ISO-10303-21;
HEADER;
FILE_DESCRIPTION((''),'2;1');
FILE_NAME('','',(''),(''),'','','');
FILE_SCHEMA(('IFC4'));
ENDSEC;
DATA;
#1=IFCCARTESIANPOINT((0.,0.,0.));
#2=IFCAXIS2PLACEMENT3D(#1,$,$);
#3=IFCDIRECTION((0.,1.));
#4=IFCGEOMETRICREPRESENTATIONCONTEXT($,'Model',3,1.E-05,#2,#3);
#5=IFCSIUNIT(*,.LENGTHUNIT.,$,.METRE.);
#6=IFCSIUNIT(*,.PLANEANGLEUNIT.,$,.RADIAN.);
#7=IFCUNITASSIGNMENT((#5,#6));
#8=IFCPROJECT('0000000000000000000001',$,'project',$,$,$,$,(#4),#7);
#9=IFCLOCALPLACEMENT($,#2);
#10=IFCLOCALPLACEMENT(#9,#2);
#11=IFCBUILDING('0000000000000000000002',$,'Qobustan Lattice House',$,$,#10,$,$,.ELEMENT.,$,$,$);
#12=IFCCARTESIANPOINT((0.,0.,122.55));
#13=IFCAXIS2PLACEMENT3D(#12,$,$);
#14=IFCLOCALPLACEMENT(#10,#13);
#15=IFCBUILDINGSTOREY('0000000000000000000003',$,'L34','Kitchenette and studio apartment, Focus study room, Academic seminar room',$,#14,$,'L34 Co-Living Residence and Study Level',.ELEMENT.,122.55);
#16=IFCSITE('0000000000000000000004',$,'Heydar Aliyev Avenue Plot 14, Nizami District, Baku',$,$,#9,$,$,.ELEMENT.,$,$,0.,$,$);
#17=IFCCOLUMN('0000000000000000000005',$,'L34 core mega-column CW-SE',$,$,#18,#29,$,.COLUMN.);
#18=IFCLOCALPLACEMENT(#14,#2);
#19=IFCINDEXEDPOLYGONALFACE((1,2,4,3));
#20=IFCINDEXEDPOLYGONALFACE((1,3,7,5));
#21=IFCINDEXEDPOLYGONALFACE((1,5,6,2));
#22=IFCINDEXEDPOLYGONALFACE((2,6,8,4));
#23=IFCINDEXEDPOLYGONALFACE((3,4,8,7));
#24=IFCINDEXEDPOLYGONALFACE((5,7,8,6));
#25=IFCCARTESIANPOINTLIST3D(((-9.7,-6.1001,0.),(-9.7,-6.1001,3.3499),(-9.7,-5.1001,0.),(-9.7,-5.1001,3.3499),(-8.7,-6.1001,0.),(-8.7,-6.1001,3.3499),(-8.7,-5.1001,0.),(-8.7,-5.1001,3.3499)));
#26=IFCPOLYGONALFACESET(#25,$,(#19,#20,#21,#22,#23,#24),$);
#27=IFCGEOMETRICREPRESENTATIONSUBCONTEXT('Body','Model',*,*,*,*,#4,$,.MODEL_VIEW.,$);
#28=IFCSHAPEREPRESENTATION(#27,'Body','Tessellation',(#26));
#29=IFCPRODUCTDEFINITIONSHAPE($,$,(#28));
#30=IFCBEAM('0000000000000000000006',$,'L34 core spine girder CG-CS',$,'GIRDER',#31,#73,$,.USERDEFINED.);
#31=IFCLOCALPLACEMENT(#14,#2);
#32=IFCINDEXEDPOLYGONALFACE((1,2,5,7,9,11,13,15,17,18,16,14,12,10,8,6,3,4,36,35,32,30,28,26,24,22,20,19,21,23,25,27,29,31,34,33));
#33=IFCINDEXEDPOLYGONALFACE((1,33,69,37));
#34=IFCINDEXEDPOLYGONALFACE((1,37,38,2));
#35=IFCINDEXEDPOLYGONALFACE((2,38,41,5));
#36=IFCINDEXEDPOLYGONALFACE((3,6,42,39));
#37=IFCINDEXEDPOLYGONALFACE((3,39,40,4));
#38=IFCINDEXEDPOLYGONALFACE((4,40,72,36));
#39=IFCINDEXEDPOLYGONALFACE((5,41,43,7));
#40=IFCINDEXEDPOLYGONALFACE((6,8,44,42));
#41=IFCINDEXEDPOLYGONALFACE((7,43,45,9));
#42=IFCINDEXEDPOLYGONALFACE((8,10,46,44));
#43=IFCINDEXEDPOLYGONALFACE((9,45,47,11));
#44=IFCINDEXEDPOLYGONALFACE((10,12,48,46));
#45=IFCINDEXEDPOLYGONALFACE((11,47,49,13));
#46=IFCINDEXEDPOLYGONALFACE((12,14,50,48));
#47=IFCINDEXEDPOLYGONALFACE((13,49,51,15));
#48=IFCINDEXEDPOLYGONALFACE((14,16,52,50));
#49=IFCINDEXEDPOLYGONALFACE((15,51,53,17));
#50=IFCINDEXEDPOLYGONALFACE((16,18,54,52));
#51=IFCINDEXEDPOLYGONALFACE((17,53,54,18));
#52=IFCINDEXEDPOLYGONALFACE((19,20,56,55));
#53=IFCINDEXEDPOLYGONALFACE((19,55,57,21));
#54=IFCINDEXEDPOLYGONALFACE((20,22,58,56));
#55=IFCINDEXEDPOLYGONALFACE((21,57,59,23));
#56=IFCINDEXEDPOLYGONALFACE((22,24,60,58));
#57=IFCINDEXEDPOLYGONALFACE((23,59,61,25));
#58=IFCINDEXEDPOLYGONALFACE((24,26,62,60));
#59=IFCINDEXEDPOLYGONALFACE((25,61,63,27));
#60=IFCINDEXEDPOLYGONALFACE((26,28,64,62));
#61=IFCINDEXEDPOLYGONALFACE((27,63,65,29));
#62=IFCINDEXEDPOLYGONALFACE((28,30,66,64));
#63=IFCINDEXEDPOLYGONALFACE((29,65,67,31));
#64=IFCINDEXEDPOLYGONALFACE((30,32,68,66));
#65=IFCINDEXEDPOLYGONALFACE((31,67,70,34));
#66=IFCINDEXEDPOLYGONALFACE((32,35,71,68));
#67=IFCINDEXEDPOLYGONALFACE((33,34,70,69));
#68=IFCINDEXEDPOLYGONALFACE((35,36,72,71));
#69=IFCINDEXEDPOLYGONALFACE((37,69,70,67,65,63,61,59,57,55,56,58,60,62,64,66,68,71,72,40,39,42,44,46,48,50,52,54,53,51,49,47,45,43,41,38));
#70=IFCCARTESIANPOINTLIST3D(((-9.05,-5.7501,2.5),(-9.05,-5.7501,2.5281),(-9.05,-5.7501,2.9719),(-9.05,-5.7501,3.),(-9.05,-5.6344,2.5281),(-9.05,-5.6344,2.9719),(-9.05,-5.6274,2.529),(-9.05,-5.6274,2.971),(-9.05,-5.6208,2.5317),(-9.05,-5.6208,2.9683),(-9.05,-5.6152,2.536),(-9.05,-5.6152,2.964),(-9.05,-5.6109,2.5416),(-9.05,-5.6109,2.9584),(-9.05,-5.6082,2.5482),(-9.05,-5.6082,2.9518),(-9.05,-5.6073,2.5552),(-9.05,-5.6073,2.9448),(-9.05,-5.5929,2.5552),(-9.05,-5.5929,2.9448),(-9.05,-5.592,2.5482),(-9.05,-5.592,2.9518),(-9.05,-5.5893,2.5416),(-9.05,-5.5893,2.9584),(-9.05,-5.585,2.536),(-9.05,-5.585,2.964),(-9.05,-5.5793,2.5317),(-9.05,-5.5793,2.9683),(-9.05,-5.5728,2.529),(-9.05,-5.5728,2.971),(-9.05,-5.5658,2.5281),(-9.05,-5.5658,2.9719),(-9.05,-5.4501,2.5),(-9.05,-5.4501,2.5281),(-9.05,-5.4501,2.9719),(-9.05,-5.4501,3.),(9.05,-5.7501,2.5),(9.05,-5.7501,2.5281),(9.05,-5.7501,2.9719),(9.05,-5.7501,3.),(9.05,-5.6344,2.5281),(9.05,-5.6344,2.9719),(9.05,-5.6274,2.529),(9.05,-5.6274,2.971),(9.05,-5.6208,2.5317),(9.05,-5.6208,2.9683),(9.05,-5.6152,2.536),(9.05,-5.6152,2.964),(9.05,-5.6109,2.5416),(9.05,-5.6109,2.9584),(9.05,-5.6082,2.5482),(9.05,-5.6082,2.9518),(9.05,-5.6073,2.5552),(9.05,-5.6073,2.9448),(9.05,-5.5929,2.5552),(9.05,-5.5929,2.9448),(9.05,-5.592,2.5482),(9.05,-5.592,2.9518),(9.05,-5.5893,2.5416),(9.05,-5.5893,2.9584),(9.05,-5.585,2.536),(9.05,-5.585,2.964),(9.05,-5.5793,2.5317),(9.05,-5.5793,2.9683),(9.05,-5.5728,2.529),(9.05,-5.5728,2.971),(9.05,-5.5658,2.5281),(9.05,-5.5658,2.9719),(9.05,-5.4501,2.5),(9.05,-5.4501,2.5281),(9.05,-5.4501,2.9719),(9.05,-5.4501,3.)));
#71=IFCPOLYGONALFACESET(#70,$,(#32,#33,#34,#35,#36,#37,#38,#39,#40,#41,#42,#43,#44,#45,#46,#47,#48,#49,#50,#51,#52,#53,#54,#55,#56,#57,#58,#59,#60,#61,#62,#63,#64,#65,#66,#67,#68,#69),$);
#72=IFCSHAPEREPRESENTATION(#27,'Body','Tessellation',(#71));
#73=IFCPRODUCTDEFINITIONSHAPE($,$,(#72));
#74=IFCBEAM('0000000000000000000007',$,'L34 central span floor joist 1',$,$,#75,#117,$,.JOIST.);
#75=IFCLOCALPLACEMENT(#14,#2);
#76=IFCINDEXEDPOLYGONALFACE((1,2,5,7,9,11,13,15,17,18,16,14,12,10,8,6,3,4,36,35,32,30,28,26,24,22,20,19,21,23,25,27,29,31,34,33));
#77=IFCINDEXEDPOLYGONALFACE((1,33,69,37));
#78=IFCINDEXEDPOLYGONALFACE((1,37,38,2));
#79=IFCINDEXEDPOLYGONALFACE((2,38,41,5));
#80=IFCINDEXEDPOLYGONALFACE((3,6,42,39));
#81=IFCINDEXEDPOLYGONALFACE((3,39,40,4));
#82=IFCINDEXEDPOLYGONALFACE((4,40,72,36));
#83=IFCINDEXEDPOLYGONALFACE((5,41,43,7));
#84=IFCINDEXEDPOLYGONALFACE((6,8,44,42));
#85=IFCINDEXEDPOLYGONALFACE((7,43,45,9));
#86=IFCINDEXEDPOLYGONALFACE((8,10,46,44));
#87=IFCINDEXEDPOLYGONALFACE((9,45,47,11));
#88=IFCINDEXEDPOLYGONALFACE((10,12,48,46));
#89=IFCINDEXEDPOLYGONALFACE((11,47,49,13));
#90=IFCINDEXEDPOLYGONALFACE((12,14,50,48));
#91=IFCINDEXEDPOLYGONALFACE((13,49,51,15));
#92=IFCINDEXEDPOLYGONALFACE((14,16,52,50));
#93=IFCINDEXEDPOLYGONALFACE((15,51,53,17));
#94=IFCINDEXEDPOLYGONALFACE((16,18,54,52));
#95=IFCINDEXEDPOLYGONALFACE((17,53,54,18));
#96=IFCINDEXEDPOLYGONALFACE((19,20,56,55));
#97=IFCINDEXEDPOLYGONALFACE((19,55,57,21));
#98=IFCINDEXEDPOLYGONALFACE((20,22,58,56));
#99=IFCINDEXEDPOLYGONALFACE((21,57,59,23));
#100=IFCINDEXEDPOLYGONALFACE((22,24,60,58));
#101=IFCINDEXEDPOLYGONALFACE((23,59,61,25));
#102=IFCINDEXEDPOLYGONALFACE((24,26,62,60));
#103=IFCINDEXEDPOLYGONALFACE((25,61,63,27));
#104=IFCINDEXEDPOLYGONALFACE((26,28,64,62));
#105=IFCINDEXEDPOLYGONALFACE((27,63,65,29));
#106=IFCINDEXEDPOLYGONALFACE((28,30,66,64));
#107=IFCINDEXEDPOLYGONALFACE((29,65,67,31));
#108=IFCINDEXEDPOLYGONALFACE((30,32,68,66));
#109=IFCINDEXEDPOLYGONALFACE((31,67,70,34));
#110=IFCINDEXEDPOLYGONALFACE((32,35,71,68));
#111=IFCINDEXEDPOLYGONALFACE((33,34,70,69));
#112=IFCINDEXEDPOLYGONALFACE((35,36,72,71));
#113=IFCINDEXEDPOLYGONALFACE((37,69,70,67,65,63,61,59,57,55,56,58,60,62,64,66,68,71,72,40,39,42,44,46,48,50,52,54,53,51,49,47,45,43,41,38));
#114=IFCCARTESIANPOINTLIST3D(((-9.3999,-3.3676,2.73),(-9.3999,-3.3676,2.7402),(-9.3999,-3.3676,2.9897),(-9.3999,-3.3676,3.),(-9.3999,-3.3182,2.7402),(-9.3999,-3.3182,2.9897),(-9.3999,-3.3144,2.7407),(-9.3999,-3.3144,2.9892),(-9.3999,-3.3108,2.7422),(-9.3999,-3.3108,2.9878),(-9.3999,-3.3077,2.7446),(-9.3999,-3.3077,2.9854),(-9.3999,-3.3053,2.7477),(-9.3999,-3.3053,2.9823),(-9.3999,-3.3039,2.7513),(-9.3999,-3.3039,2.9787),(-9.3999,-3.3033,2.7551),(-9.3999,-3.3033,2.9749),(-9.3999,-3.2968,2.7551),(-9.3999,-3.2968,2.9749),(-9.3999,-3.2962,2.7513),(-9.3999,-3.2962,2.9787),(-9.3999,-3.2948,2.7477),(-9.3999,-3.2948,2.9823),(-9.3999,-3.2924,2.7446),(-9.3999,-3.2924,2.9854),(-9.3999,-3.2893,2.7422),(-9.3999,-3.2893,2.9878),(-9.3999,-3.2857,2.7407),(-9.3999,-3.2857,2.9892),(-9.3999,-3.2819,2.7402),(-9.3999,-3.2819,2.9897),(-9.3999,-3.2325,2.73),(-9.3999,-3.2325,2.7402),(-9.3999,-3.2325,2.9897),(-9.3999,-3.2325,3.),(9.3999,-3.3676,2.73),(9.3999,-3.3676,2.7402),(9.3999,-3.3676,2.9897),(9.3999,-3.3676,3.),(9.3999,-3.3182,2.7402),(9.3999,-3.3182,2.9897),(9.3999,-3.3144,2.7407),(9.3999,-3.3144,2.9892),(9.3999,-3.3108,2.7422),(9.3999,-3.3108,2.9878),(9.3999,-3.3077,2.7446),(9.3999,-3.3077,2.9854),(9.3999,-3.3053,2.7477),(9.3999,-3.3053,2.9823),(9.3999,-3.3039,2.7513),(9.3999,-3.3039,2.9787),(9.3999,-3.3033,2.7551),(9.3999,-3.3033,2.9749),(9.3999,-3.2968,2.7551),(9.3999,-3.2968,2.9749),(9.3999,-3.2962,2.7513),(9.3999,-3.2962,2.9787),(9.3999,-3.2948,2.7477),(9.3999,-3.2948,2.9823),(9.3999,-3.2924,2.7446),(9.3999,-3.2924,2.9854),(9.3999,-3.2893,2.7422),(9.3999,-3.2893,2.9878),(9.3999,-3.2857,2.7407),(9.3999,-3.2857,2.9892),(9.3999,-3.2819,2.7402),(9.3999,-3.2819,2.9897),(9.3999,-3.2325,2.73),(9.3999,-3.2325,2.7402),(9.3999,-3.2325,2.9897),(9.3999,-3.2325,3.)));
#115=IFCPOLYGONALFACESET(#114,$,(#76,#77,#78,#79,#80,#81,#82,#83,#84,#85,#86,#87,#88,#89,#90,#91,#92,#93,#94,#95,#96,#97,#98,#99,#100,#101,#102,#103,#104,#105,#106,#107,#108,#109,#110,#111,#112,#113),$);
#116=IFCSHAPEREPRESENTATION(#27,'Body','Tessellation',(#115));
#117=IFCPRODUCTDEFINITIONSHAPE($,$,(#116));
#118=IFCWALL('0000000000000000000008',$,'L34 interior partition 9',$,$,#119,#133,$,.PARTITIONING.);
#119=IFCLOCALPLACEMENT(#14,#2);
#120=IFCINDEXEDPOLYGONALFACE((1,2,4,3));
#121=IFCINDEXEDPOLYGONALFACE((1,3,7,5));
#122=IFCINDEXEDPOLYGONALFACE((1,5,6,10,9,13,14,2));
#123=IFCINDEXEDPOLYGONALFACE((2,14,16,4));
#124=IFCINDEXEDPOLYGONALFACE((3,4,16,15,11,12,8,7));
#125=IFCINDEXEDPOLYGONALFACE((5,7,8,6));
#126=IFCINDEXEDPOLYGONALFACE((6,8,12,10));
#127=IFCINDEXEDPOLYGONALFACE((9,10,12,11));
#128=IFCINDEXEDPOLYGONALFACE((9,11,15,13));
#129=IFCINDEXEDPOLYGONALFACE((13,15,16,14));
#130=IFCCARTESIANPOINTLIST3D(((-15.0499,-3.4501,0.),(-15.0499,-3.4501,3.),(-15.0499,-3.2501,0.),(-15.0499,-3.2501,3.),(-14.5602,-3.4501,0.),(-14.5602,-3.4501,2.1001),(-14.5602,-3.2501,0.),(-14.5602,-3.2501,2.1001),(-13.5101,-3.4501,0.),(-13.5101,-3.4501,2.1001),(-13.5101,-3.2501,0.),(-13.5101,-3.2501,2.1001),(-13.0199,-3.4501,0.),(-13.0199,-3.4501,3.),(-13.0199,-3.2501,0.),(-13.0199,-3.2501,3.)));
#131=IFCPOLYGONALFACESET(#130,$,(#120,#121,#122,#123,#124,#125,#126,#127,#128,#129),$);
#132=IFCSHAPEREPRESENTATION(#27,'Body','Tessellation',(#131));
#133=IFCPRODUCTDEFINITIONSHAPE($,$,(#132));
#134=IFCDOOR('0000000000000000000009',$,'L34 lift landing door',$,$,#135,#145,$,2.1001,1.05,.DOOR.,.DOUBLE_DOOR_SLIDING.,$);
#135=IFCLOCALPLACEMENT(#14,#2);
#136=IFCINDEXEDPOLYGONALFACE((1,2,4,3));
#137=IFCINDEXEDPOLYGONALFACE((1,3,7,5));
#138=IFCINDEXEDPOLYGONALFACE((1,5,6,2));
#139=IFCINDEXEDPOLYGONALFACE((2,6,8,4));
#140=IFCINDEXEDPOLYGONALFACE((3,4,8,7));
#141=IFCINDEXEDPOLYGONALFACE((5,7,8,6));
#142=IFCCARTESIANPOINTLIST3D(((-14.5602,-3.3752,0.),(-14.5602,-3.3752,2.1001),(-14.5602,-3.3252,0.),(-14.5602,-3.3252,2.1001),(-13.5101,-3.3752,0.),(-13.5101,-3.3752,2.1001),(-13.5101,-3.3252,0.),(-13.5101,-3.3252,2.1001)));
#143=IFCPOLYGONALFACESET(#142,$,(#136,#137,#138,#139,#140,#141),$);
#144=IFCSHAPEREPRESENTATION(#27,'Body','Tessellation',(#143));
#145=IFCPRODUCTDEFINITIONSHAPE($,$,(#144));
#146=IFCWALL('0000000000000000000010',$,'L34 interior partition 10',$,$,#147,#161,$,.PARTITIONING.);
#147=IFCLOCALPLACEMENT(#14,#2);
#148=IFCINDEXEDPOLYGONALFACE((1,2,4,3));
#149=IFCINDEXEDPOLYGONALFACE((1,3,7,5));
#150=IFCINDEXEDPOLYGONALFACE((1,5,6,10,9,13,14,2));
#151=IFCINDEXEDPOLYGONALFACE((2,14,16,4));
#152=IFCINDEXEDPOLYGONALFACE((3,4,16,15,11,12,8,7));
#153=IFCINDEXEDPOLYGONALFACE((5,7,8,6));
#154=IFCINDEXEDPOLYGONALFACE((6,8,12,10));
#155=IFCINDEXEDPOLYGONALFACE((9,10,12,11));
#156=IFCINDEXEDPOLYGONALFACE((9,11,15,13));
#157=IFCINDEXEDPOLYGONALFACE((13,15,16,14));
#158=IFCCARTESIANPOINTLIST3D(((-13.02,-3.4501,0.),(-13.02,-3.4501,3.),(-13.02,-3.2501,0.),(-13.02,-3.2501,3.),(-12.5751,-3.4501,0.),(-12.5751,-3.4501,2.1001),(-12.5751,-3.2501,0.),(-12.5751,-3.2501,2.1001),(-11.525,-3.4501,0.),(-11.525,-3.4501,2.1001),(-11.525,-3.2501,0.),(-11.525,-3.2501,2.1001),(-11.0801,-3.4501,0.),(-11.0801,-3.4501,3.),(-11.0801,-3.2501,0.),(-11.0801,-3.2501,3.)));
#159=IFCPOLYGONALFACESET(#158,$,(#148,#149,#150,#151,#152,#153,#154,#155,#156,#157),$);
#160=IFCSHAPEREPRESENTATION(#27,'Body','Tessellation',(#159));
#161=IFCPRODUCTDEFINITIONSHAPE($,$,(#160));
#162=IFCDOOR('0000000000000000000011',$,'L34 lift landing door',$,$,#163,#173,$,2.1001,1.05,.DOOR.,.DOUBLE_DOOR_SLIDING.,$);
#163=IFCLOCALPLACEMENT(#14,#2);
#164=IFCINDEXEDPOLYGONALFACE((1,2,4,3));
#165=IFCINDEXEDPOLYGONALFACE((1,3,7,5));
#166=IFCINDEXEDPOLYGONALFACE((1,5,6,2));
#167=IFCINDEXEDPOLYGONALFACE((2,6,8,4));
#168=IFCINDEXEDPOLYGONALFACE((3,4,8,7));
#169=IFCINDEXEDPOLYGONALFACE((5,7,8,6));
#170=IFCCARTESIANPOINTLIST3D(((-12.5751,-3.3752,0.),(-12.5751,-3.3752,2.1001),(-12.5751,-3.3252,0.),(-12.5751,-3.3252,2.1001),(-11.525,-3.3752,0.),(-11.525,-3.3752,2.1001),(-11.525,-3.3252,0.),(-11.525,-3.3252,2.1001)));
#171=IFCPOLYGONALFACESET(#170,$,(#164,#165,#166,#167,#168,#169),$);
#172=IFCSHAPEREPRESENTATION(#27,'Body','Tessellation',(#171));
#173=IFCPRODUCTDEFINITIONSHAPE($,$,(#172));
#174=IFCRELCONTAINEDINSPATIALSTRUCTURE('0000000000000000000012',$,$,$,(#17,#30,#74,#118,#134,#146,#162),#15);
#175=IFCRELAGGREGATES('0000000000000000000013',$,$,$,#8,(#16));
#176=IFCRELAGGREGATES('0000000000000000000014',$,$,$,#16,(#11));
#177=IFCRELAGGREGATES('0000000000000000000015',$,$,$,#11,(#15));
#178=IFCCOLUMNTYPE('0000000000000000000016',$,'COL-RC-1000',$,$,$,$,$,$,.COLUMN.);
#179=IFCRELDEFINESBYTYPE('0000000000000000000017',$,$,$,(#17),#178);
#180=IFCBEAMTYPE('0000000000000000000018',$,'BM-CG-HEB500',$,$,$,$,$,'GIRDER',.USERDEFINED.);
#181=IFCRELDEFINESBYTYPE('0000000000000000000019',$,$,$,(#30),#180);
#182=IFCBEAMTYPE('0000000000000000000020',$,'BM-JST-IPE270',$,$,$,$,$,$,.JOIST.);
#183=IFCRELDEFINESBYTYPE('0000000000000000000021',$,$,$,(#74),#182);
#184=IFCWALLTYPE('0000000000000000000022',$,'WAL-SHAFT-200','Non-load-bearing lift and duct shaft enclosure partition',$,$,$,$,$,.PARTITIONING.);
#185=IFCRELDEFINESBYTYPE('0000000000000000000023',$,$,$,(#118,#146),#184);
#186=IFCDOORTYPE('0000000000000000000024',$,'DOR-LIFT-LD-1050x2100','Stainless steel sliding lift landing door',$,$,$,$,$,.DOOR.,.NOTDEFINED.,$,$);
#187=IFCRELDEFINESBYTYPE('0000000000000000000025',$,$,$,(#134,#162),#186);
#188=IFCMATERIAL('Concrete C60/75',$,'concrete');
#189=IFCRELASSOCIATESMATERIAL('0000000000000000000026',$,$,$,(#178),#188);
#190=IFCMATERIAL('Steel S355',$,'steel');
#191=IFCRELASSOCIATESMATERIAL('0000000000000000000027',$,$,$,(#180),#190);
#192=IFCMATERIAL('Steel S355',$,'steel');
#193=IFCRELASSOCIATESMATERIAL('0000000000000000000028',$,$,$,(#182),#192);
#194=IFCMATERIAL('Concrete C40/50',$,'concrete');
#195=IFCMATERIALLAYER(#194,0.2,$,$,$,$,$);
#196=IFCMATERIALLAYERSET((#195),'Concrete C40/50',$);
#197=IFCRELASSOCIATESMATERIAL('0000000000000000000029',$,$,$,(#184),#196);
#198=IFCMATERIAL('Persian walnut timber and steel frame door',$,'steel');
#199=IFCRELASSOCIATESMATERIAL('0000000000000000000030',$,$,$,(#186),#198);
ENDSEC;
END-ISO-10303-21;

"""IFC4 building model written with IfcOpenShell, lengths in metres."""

from ifc_helpers import new_model, si_unit, direction, frame, frame_2d, origin, origin_2d, place, context, subcontext, project, spatial, rectangle, i_section, extrude, material, layer, layer_set, material_profile, profile_set, type_object, element, fill, save


model = new_model("IFC4")

# Units and contexts
model_context = context("Model", 3, precision=1e-05, world=origin(), true_north=direction((0.0, 1.0)))
body_context = subcontext(model_context, "Body", "Model", "MODEL_VIEW")
ifc_project = project(units=[si_unit("LENGTHUNIT", "METRE"), si_unit("PLANEANGLEUNIT", "RADIAN")], contexts=[model_context])

# Site, building, storey
site_placement = place(None, origin())
site = spatial("IfcSite", under=ifc_project, at=site_placement, Name="Heydar Aliyev Avenue Plot 14, Nizami District, Baku", CompositionType="ELEMENT", RefElevation=0.0)
building_placement = place(site_placement, origin())
building = spatial("IfcBuilding", under=site, at=building_placement, Name="Qobustan Lattice House", CompositionType="ELEMENT")
storey_placement = place(building_placement, frame((0.0, 0.0, 122.55)))
storey = spatial("IfcBuildingStorey", under=building, at=storey_placement, Name="L34", Description="Kitchenette and studio apartment, Focus study room, Academic seminar room", LongName="L34 Co-Living Residence and Study Level", CompositionType="ELEMENT", Elevation=122.55)

# Column
ifc_material_1 = material(Name="Concrete C60/75", Category="concrete")
ifc_material_profile_1 = material_profile(ifc_material_1, rectangle(XDim=1.0, YDim=1.0, at=origin_2d()), Name="RC1000x1000")
ifc_profile_set_1 = profile_set([ifc_material_profile_1], Name="Concrete C60/75")
column_type = type_object("IfcColumnType", Name="COL-RC-1000", PredefinedType="COLUMN", material=ifc_profile_set_1)
column_placement = place(storey_placement, frame((-9.2, -5.6001, 0.0), z_axis=(0.0, 0.0, 1.0), x_axis=(1.0, 0.0, 0.0)))
element("IfcColumn", 1, at=column_placement, inside=storey, type_object=column_type, Name="L34 core mega-column CW-SE", PredefinedType="COLUMN", context=body_context, shape_type="SweptSolid", body=[
    extrude(rectangle(XDim=1.0, YDim=1.0, at=origin_2d()), origin(), (0.0, 0.0, 1.0), 3.3499),
])

# Beams
ifc_material_2 = material(Name="Steel S355", Category="steel")
ifc_material_profile_2 = material_profile(ifc_material_2, i_section(OverallWidth=0.3, OverallDepth=0.5, WebThickness=0.0144, FlangeThickness=0.0281, FilletRadius=0.0271, at=origin_2d()), Name="HEB500")
ifc_profile_set_2 = profile_set([ifc_material_profile_2], Name="Steel S355")
beam_type_1 = type_object("IfcBeamType", Name="BM-CG-HEB500", ElementType="GIRDER", PredefinedType="USERDEFINED", material=ifc_profile_set_2)
beam_1_placement = place(storey_placement, frame((-9.05, -5.6001, 2.75), z_axis=(1.0, 0.0, 0.0), x_axis=(0.0, 1.0, 0.0)))
element("IfcBeam", 2, at=beam_1_placement, inside=storey, type_object=beam_type_1, Name="L34 core spine girder CG-CS", ObjectType="GIRDER", PredefinedType="USERDEFINED", context=body_context, shape_type="SweptSolid", body=[
    extrude(i_section(OverallWidth=0.3, OverallDepth=0.5, WebThickness=0.0144, FlangeThickness=0.0281, FilletRadius=0.0271, at=origin_2d()), origin(), (0.0, 0.0, 1.0), 18.1001),
])
ifc_material_3 = material(Name="Steel S355", Category="steel")
ifc_material_profile_3 = material_profile(ifc_material_3, i_section(OverallWidth=0.135, OverallDepth=0.27, WebThickness=0.0066, FlangeThickness=0.0103, FilletRadius=0.0149, at=origin_2d()), Name="IPE270")
ifc_profile_set_3 = profile_set([ifc_material_profile_3], Name="Steel S355")
beam_type_2 = type_object("IfcBeamType", Name="BM-JST-IPE270", PredefinedType="JOIST", material=ifc_profile_set_3)
beam_2_placement = place(storey_placement, frame((-9.3999, -3.3, 2.865), z_axis=(1.0, 0.0, 0.0), x_axis=(0.0, 1.0, 0.0)))
element("IfcBeam", 3, at=beam_2_placement, inside=storey, type_object=beam_type_2, Name="L34 central span floor joist 1", PredefinedType="JOIST", context=body_context, shape_type="SweptSolid", body=[
    extrude(i_section(OverallWidth=0.135, OverallDepth=0.27, WebThickness=0.0066, FlangeThickness=0.0103, FilletRadius=0.0149, at=origin_2d()), origin(), (0.0, 0.0, 1.0), 18.7998),
])

# Walls, openings, doors
ifc_material_4 = material(Name="Concrete C40/50", Category="concrete")
ifc_layer_1 = layer(ifc_material_4, 0.2)
ifc_layer_set_1 = layer_set([ifc_layer_1], Name="Concrete C40/50")
wall_type_1 = type_object("IfcWallType", Name="WAL-SHAFT-200", Description="Non-load-bearing lift and duct shaft enclosure partition", PredefinedType="PARTITIONING", material=ifc_layer_set_1)
wall_1_placement = place(storey_placement, frame((-15.05, -3.3501, 0.0), z_axis=(0.0, 0.0, 1.0), x_axis=(1.0, 0.0, 0.0)))
wall_1 = element("IfcWall", 4, at=wall_1_placement, inside=storey, type_object=wall_type_1, Name="L34 interior partition 9", PredefinedType="PARTITIONING", context=body_context, shape_type="SweptSolid", body=[
    extrude(rectangle(XDim=2.03, YDim=0.2, at=frame_2d((1.0151, 0.0))), origin(), (0.0, 0.0, 1.0), 3.0),
])
opening_1_placement = place(wall_1_placement, frame((0.49, 0.0, 0.0)))
opening_1 = element("IfcOpeningElement", 5, at=opening_1_placement, cuts=wall_1, PredefinedType="OPENING", context=body_context, shape_type="SweptSolid", body=[
    extrude(rectangle(XDim=1.05, YDim=2.1001, at=frame_2d((0.5249, 1.05))), frame((0.0, 0.1099, 0.0), z_axis=(0.0, -1.0, 0.0), x_axis=(1.0, 0.0, 0.0)), (0.0, 0.0, 1.0), 0.22),
])
ifc_material_5 = material(Name="Persian walnut timber and steel frame door", Category="steel")
door_type_1 = type_object("IfcDoorType", Name="DOR-LIFT-LD-1050x2100", Description="Stainless steel sliding lift landing door", OperationType="NOTDEFINED", PredefinedType="DOOR", material=ifc_material_5)
door_1_placement = place(opening_1_placement, origin())
door_1 = element("IfcDoor", 6, at=door_1_placement, inside=storey, type_object=door_type_1, Name="L34 lift landing door", OperationType="DOUBLE_DOOR_SLIDING", OverallHeight=2.1001, OverallWidth=1.05, PredefinedType="DOOR", context=body_context, shape_type="SweptSolid", body=[
    extrude(rectangle(XDim=1.05, YDim=2.1001, at=frame_2d((0.5249, 1.05))), frame((0.0, 0.0249, 0.0), z_axis=(0.0, -1.0, 0.0), x_axis=(1.0, 0.0, 0.0)), (0.0, 0.0, 1.0), 0.05),
])
fill(opening_1, door_1)
wall_2_placement = place(storey_placement, frame((-13.02, -3.3501, 0.0), z_axis=(0.0, 0.0, 1.0), x_axis=(1.0, 0.0, 0.0)))
wall_2 = element("IfcWall", 7, at=wall_2_placement, inside=storey, type_object=wall_type_1, Name="L34 interior partition 10", PredefinedType="PARTITIONING", context=body_context, shape_type="SweptSolid", body=[
    extrude(rectangle(XDim=1.9399, YDim=0.2, at=frame_2d((0.97, 0.0))), origin(), (0.0, 0.0, 1.0), 3.0),
])
opening_2_placement = place(wall_2_placement, frame((0.4451, 0.0, 0.0)))
opening_2 = element("IfcOpeningElement", 8, at=opening_2_placement, cuts=wall_2, PredefinedType="OPENING", context=body_context, shape_type="SweptSolid", body=[
    extrude(rectangle(XDim=1.05, YDim=2.1001, at=frame_2d((0.5249, 1.05))), frame((0.0, 0.1099, 0.0), z_axis=(0.0, -1.0, 0.0), x_axis=(1.0, 0.0, 0.0)), (0.0, 0.0, 1.0), 0.22),
])
door_2_placement = place(opening_2_placement, origin())
door_2 = element("IfcDoor", 9, at=door_2_placement, inside=storey, type_object=door_type_1, Name="L34 lift landing door", OperationType="DOUBLE_DOOR_SLIDING", OverallHeight=2.1001, OverallWidth=1.05, PredefinedType="DOOR", context=body_context, shape_type="SweptSolid", body=[
    extrude(rectangle(XDim=1.05, YDim=2.1001, at=frame_2d((0.5249, 1.05))), frame((0.0, 0.0249, 0.0), z_axis=(0.0, -1.0, 0.0), x_axis=(1.0, 0.0, 0.0)), (0.0, 0.0, 1.0), 0.05),
])
fill(opening_2, door_2)

save(model, "model.ifc")
